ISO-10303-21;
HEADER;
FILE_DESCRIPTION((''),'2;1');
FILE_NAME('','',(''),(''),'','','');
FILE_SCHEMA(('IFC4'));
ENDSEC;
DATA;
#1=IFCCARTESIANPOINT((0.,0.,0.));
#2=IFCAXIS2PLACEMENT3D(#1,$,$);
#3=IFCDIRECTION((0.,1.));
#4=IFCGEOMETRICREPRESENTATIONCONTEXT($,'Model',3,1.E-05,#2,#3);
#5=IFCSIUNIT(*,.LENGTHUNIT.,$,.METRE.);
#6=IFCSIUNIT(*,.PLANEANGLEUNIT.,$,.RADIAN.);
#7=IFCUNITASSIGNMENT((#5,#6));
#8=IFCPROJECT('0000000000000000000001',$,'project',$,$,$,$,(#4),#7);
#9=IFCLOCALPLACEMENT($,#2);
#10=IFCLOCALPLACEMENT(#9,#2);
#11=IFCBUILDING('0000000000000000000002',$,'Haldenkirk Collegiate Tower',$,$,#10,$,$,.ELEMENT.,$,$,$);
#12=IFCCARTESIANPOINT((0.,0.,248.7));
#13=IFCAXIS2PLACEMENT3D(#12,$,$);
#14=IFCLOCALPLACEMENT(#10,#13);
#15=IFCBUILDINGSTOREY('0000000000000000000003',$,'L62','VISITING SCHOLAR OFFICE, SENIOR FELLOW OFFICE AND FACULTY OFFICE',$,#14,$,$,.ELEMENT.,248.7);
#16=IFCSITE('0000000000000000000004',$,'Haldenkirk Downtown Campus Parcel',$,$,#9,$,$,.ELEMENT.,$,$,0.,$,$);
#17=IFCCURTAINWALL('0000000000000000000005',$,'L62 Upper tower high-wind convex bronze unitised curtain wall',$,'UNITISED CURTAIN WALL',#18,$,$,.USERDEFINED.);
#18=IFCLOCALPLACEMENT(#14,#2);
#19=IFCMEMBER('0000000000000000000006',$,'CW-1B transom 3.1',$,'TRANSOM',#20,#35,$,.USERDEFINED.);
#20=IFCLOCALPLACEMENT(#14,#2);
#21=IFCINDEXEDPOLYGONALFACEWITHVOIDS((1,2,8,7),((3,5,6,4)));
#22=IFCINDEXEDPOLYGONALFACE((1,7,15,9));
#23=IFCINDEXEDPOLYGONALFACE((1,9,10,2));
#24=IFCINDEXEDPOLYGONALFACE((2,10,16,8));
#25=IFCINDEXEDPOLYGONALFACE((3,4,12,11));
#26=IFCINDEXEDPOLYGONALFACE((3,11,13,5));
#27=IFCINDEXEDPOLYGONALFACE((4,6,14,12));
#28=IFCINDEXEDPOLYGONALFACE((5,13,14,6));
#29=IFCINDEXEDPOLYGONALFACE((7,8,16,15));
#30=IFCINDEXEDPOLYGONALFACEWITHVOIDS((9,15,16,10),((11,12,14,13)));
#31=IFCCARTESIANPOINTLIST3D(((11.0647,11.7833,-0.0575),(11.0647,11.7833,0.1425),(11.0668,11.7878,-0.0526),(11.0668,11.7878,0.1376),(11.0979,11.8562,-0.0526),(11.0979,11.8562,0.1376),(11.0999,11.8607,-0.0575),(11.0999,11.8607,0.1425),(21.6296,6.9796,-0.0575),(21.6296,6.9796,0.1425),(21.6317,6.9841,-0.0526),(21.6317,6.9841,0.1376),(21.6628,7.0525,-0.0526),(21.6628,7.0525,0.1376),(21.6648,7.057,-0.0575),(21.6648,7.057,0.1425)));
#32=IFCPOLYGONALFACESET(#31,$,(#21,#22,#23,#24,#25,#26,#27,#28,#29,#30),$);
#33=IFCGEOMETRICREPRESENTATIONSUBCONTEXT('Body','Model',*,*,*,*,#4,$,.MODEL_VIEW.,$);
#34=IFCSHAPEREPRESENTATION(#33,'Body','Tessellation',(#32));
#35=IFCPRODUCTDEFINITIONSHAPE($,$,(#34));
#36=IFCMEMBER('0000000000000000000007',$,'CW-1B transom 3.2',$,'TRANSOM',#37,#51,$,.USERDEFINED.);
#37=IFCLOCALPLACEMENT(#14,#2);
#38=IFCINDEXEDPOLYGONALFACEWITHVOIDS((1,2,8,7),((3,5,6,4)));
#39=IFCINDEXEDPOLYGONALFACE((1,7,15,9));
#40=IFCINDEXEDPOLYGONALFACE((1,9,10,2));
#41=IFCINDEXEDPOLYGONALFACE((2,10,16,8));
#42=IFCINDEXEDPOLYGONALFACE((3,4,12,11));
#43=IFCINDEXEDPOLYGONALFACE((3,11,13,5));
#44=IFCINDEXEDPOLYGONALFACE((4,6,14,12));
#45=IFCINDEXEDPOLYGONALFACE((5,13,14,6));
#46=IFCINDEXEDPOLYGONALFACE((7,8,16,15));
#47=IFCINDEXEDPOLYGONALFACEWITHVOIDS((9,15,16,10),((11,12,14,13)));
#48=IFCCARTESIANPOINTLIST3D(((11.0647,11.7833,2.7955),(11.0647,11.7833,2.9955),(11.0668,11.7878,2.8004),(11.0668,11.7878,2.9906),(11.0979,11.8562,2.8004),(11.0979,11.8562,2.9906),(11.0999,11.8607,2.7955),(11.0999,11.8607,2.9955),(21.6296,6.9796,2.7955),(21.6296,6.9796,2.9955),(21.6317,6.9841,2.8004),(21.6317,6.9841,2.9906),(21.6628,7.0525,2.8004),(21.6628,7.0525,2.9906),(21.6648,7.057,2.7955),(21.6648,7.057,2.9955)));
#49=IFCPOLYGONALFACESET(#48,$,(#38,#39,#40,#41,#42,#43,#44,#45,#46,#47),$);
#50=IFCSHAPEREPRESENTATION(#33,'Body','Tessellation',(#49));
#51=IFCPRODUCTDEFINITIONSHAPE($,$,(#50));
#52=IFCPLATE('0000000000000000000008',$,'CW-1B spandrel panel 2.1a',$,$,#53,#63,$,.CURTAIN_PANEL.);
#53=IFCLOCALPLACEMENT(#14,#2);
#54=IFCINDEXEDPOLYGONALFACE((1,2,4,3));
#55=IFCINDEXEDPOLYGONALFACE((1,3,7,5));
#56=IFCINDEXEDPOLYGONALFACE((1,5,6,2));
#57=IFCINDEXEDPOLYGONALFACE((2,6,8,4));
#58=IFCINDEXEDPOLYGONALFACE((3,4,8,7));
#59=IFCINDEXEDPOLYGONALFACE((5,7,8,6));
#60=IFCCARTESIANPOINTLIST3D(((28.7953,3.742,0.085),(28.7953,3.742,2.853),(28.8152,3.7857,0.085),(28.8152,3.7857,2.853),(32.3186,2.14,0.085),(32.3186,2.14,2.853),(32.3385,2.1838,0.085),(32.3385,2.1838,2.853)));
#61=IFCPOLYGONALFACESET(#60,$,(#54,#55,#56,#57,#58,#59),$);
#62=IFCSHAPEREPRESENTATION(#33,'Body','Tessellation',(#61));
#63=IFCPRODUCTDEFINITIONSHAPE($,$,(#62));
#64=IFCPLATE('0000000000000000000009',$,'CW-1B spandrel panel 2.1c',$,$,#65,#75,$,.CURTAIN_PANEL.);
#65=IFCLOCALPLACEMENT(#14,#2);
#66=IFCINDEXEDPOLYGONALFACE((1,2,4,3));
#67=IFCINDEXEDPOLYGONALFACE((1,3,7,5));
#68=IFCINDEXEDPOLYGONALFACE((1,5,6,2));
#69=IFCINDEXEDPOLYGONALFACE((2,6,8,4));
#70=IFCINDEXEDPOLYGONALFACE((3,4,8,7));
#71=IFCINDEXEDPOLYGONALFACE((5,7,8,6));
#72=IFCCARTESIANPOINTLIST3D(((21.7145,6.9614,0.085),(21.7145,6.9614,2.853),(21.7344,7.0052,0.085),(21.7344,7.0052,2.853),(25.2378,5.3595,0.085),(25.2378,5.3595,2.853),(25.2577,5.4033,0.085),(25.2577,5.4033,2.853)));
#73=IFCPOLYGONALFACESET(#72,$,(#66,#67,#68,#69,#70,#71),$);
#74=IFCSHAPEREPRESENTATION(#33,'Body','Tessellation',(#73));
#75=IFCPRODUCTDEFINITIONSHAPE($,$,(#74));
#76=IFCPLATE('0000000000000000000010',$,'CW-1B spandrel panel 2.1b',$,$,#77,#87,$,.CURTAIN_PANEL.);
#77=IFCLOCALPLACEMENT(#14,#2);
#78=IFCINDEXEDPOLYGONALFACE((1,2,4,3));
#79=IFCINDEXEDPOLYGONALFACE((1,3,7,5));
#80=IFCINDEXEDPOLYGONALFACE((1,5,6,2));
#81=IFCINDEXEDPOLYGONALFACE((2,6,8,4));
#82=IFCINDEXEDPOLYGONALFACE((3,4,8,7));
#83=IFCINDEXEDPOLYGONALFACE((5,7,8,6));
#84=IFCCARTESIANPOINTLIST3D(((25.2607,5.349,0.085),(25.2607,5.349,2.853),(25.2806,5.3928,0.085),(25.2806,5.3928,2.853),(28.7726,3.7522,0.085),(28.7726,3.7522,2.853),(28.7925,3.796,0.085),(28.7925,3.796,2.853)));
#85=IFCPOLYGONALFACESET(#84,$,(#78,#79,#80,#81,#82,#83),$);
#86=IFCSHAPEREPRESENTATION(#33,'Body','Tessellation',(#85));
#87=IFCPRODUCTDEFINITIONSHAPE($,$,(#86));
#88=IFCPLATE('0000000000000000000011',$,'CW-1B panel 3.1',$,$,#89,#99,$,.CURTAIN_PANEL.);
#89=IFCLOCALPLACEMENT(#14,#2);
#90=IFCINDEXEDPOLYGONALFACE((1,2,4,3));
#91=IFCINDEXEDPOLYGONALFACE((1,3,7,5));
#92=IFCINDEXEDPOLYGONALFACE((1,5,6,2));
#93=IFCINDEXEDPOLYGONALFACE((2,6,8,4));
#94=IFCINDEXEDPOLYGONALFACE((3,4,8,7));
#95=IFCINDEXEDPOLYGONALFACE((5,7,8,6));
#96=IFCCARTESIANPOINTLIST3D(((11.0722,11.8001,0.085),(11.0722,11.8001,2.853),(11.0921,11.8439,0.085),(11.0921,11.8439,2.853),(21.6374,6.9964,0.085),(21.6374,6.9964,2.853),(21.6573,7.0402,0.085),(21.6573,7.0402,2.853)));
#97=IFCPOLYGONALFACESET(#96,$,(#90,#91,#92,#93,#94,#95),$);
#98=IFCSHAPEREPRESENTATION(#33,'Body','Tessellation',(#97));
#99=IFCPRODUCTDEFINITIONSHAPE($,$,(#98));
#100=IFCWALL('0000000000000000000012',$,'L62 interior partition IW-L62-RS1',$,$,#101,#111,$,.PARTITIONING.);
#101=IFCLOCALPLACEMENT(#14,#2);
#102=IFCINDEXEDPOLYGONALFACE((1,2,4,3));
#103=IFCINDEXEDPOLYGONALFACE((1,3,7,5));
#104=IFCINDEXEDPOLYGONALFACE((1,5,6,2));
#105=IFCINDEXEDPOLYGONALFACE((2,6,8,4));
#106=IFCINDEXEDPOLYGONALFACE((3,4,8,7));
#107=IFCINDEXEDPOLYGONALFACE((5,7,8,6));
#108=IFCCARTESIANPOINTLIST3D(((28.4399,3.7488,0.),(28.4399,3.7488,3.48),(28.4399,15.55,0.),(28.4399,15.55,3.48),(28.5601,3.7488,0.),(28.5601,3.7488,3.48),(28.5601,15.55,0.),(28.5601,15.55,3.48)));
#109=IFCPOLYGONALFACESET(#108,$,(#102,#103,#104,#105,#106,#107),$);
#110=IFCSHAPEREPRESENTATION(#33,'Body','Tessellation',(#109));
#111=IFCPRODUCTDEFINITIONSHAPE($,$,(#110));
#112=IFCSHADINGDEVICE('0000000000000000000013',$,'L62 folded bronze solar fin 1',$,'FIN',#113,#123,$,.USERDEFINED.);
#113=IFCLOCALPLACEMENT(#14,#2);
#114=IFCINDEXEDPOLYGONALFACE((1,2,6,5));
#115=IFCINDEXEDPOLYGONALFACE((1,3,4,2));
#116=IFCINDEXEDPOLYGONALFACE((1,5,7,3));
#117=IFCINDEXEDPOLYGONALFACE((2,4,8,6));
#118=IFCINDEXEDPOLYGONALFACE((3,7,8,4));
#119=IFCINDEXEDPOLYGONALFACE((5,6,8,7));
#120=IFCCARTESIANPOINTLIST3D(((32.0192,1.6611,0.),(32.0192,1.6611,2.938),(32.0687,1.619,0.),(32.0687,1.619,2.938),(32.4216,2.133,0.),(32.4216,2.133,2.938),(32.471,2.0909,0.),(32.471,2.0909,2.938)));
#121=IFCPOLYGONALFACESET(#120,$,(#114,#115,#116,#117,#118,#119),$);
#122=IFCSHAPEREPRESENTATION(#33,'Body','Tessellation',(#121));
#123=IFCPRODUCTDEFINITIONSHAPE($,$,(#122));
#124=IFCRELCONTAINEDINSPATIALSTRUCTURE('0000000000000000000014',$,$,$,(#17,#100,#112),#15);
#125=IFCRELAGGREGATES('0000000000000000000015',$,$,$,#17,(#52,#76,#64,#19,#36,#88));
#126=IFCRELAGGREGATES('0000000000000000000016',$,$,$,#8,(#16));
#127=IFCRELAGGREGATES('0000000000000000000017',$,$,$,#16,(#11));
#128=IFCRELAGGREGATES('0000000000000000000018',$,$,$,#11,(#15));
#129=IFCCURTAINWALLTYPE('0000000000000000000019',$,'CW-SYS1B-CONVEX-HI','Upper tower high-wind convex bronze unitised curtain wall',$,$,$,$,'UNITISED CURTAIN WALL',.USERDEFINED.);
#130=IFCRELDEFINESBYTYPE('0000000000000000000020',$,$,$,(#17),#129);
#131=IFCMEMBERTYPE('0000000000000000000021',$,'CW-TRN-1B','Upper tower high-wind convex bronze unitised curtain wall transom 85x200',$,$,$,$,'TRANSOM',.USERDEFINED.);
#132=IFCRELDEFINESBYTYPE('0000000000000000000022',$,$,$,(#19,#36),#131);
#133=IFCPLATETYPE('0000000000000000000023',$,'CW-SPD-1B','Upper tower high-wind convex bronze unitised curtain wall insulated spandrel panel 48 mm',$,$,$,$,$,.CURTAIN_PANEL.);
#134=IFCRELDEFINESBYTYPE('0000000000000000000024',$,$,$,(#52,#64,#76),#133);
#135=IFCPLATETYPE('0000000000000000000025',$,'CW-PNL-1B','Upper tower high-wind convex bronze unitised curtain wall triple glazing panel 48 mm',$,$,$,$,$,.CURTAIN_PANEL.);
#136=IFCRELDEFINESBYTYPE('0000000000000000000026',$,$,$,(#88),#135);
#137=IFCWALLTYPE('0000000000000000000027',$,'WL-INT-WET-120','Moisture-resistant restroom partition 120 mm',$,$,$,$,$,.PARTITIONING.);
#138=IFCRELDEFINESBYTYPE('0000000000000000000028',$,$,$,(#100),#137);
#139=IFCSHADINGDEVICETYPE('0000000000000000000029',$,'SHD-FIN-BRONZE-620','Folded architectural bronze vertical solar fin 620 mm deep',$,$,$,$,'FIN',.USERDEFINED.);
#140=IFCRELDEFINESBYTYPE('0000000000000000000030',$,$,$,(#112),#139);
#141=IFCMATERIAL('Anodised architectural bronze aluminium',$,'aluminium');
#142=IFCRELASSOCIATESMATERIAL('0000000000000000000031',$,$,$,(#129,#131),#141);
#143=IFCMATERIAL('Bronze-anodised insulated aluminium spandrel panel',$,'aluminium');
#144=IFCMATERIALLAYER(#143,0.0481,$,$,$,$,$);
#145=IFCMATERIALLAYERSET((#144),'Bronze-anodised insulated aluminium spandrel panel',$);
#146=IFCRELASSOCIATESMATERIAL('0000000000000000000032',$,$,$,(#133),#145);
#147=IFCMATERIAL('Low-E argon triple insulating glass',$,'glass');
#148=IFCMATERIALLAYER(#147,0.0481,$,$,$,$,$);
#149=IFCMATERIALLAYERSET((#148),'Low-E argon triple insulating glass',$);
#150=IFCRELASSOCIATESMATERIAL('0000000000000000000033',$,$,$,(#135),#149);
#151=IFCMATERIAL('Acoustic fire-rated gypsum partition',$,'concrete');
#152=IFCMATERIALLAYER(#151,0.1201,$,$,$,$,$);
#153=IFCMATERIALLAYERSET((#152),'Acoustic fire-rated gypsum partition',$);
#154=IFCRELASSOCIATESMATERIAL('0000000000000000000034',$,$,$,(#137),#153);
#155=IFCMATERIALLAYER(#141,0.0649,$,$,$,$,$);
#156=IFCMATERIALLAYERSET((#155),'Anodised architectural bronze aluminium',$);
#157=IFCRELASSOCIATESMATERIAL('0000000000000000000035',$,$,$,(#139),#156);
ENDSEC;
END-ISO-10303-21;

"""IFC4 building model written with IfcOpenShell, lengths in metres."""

from ifc_helpers import new_model, si_unit, direction, frame, frame_2d, origin, origin_2d, place, context, subcontext, project, spatial, rectangle, hollow_rectangle, extrude, source, transform, mapped, material, layer, layer_set, material_profile, profile_set, type_object, element, aggregate, save


model = new_model("IFC4")

# Units and contexts
model_context = context("Model", 3, precision=1e-05, world=origin(), true_north=direction((0.0, 1.0)))
body_context = subcontext(model_context, "Body", "Model", "MODEL_VIEW")
ifc_project = project(units=[si_unit("LENGTHUNIT", "METRE"), si_unit("PLANEANGLEUNIT", "RADIAN")], contexts=[model_context])

# Site, building, storey
site_placement = place(None, origin())
site = spatial("IfcSite", under=ifc_project, at=site_placement, Name="Haldenkirk Downtown Campus Parcel", CompositionType="ELEMENT", RefElevation=0.0)
building_placement = place(site_placement, origin())
building = spatial("IfcBuilding", under=site, at=building_placement, Name="Haldenkirk Collegiate Tower", CompositionType="ELEMENT")
storey_placement = place(building_placement, frame((0.0, 0.0, 248.7)))
storey = spatial("IfcBuildingStorey", under=building, at=storey_placement, Name="L62", Description="VISITING SCHOLAR OFFICE, SENIOR FELLOW OFFICE AND FACULTY OFFICE", CompositionType="ELEMENT", Elevation=248.7)

# Curtain wall, members, plates
ifc_material_1 = material(Name="Anodised architectural bronze aluminium", Category="aluminium")
curtain_wall_type = type_object("IfcCurtainWallType", Name="CW-SYS1B-CONVEX-HI", Description="Upper tower high-wind convex bronze unitised curtain wall", ElementType="UNITISED CURTAIN WALL", PredefinedType="USERDEFINED", material=ifc_material_1)
curtain_wall_placement = place(storey_placement, origin())
curtain_wall = element("IfcCurtainWall", 1, at=curtain_wall_placement, inside=storey, type_object=curtain_wall_type, Name="L62 Upper tower high-wind convex bronze unitised curtain wall", ObjectType="UNITISED CURTAIN WALL", PredefinedType="USERDEFINED")
ifc_material_profile_1 = material_profile(ifc_material_1, hollow_rectangle(XDim=0.085, YDim=0.2, WallThickness=0.0049, at=origin_2d()), Name="CW-TRN-1B")
ifc_profile_set_1 = profile_set([ifc_material_profile_1], Name="Anodised architectural bronze aluminium")
member_type_1 = type_object("IfcMemberType", Name="CW-TRN-1B", Description="Upper tower high-wind convex bronze unitised curtain wall transom 85x200", ElementType="TRANSOM", PredefinedType="USERDEFINED", material=ifc_profile_set_1)
member_1_placement = place(storey_placement, frame((21.6472, 7.0183, 0.0425), z_axis=(-0.910319, 0.413908, 0.0), x_axis=(-0.413908, -0.910319, 0.0)))
member_1 = element("IfcMember", 2, at=member_1_placement, type_object=member_type_1, Name="CW-1B transom 3.1", ObjectType="TRANSOM", PredefinedType="USERDEFINED", context=body_context, shape_type="SweptSolid", body=[
    extrude(hollow_rectangle(XDim=0.085, YDim=0.2, WallThickness=0.0049, at=origin_2d()), origin(), (0.0, 0.0, 1.0), 11.6057),
])
member_2_placement = place(storey_placement, frame((21.6472, 7.0183, 2.8955), z_axis=(-0.910319, 0.413908, 0.0), x_axis=(-0.413908, -0.910319, 0.0)))
member_2 = element("IfcMember", 3, at=member_2_placement, type_object=member_type_1, Name="CW-1B transom 3.2", ObjectType="TRANSOM", PredefinedType="USERDEFINED", context=body_context, shape_type="SweptSolid", body=[
    extrude(hollow_rectangle(XDim=0.085, YDim=0.2, WallThickness=0.0049, at=origin_2d()), origin(), (0.0, 0.0, 1.0), 11.6057),
])
ifc_material_2 = material(Name="Bronze-anodised insulated aluminium spandrel panel", Category="aluminium")
ifc_layer_1 = layer(ifc_material_2, 0.0481)
ifc_layer_set_1 = layer_set([ifc_layer_1], Name="Bronze-anodised insulated aluminium spandrel panel")
plate_type_1 = type_object("IfcPlateType", Name="CW-SPD-1B", Description="Upper tower high-wind convex bronze unitised curtain wall insulated spandrel panel 48 mm", PredefinedType="CURTAIN_PANEL", material=ifc_layer_set_1)
shared_shape_1 = source(origin(), body_context, "Body", "SweptSolid", [
    extrude(rectangle(XDim=3.8704, YDim=0.0481, at=origin_2d()), origin(), (0.0, 0.0, 1.0), 2.7681),
])
plate_1_placement = place(storey_placement, frame((30.5669, 2.9629, 0.085), z_axis=(0.0, 0.0, 1.0), x_axis=(-0.910323, 0.413898, 0.0)))
plate_1 = element("IfcPlate", 4, at=plate_1_placement, type_object=plate_type_1, Name="CW-1B spandrel panel 2.1a", PredefinedType="CURTAIN_PANEL", context=body_context, shape_type="MappedRepresentation", body=[
    mapped(shared_shape_1, transform((0.0, 0.0, 0.0), x_axis=(1.0, 0.0, 0.0), y_axis=(0.0, 1.0, 0.0), z_axis=(0.0, 0.0, 1.0), scale=1.0)),
])
plate_2_placement = place(storey_placement, frame((23.4861, 6.1824, 0.085), z_axis=(0.0, 0.0, 1.0), x_axis=(-0.910323, 0.413898, 0.0)))
plate_2 = element("IfcPlate", 5, at=plate_2_placement, type_object=plate_type_1, Name="CW-1B spandrel panel 2.1c", PredefinedType="CURTAIN_PANEL", context=body_context, shape_type="MappedRepresentation", body=[
    mapped(shared_shape_1, transform((0.0, 0.0, 0.0), x_axis=(1.0, 0.0, 0.0), y_axis=(0.0, 1.0, 0.0), z_axis=(0.0, 0.0, 1.0), scale=1.0)),
])
shared_shape_2 = source(origin(), body_context, "Body", "SweptSolid", [
    extrude(rectangle(XDim=3.8579, YDim=0.0481, at=origin_2d()), origin(), (0.0, 0.0, 1.0), 2.7681),
])
plate_3_placement = place(storey_placement, frame((27.0266, 4.5725, 0.085), z_axis=(0.0, 0.0, 1.0), x_axis=(-0.910323, 0.413898, 0.0)))
plate_3 = element("IfcPlate", 6, at=plate_3_placement, type_object=plate_type_1, Name="CW-1B spandrel panel 2.1b", PredefinedType="CURTAIN_PANEL", context=body_context, shape_type="MappedRepresentation", body=[
    mapped(shared_shape_2, transform((0.0, 0.0, 0.0), x_axis=(1.0, 0.0, 0.0), y_axis=(0.0, 1.0, 0.0), z_axis=(0.0, 0.0, 1.0), scale=1.0)),
])
ifc_material_3 = material(Name="Low-E argon triple insulating glass", Category="glass")
ifc_layer_2 = layer(ifc_material_3, 0.0481)
ifc_layer_set_2 = layer_set([ifc_layer_2], Name="Low-E argon triple insulating glass")
plate_type_2 = type_object("IfcPlateType", Name="CW-PNL-1B", Description="Upper tower high-wind convex bronze unitised curtain wall triple glazing panel 48 mm", PredefinedType="CURTAIN_PANEL", material=ifc_layer_set_2)
shared_shape_3 = source(origin(), body_context, "Body", "SweptSolid", [
    extrude(rectangle(XDim=11.606, YDim=0.0481, at=origin_2d()), origin(), (0.0, 0.0, 1.0), 2.7681),
])
plate_4_placement = place(storey_placement, frame((16.3647, 9.4202, 0.085), z_axis=(0.0, 0.0, 1.0), x_axis=(-0.910323, 0.413898, 0.0)))
plate_4 = element("IfcPlate", 7, at=plate_4_placement, type_object=plate_type_2, Name="CW-1B panel 3.1", PredefinedType="CURTAIN_PANEL", context=body_context, shape_type="MappedRepresentation", body=[
    mapped(shared_shape_3, transform((0.0, 0.0, 0.0), x_axis=(1.0, 0.0, 0.0), y_axis=(0.0, 1.0, 0.0), z_axis=(0.0, 0.0, 1.0), scale=1.0)),
])
aggregate(curtain_wall, [plate_1, plate_3, plate_2, member_1, member_2, plate_4])

# Wall
ifc_material_4 = material(Name="Acoustic fire-rated gypsum partition", Category="concrete")
ifc_layer_3 = layer(ifc_material_4, 0.1201)
ifc_layer_set_3 = layer_set([ifc_layer_3], Name="Acoustic fire-rated gypsum partition")
wall_type = type_object("IfcWallType", Name="WL-INT-WET-120", Description="Moisture-resistant restroom partition 120 mm", PredefinedType="PARTITIONING", material=ifc_layer_set_3)
wall_placement = place(storey_placement, frame((28.5, 3.7488, 0.0), z_axis=(0.0, 0.0, 1.0), x_axis=(0.0, 1.0, 0.0)))
element("IfcWall", 8, at=wall_placement, inside=storey, type_object=wall_type, Name="L62 interior partition IW-L62-RS1", PredefinedType="PARTITIONING", context=body_context, shape_type="SweptSolid", body=[
    extrude(rectangle(XDim=11.8013, YDim=0.1201, at=frame_2d((5.9006, 0.0))), origin(), (0.0, 0.0, 1.0), 3.48),
])

# Shading device
ifc_layer_4 = layer(ifc_material_1, 0.0649)
ifc_layer_set_4 = layer_set([ifc_layer_4], Name="Anodised architectural bronze aluminium")
shading_device_type = type_object("IfcShadingDeviceType", Name="SHD-FIN-BRONZE-620", Description="Folded architectural bronze vertical solar fin 620 mm deep", ElementType="FIN", PredefinedType="USERDEFINED", material=ifc_layer_set_4)
shared_shape_4 = source(origin(), body_context, "Body", "SweptSolid", [
    extrude(rectangle(XDim=0.6201, YDim=0.0649, at=origin_2d()), origin(), (0.0, 0.0, 1.0), 2.938),
])
shading_device_placement = place(storey_placement, frame((32.2451, 1.876, 0.0), z_axis=(0.0, 0.0, 1.0), x_axis=(-0.648784, -0.760972, 0.0)))
element("IfcShadingDevice", 9, at=shading_device_placement, inside=storey, type_object=shading_device_type, Name="L62 folded bronze solar fin 1", ObjectType="FIN", PredefinedType="USERDEFINED", context=body_context, shape_type="MappedRepresentation", body=[
    mapped(shared_shape_4, transform((0.0, 0.0, 0.0), x_axis=(1.0, 0.0, 0.0), y_axis=(0.0, 1.0, 0.0), z_axis=(0.0, 0.0, 1.0), scale=1.0)),
])

save(model, "model.ifc")
